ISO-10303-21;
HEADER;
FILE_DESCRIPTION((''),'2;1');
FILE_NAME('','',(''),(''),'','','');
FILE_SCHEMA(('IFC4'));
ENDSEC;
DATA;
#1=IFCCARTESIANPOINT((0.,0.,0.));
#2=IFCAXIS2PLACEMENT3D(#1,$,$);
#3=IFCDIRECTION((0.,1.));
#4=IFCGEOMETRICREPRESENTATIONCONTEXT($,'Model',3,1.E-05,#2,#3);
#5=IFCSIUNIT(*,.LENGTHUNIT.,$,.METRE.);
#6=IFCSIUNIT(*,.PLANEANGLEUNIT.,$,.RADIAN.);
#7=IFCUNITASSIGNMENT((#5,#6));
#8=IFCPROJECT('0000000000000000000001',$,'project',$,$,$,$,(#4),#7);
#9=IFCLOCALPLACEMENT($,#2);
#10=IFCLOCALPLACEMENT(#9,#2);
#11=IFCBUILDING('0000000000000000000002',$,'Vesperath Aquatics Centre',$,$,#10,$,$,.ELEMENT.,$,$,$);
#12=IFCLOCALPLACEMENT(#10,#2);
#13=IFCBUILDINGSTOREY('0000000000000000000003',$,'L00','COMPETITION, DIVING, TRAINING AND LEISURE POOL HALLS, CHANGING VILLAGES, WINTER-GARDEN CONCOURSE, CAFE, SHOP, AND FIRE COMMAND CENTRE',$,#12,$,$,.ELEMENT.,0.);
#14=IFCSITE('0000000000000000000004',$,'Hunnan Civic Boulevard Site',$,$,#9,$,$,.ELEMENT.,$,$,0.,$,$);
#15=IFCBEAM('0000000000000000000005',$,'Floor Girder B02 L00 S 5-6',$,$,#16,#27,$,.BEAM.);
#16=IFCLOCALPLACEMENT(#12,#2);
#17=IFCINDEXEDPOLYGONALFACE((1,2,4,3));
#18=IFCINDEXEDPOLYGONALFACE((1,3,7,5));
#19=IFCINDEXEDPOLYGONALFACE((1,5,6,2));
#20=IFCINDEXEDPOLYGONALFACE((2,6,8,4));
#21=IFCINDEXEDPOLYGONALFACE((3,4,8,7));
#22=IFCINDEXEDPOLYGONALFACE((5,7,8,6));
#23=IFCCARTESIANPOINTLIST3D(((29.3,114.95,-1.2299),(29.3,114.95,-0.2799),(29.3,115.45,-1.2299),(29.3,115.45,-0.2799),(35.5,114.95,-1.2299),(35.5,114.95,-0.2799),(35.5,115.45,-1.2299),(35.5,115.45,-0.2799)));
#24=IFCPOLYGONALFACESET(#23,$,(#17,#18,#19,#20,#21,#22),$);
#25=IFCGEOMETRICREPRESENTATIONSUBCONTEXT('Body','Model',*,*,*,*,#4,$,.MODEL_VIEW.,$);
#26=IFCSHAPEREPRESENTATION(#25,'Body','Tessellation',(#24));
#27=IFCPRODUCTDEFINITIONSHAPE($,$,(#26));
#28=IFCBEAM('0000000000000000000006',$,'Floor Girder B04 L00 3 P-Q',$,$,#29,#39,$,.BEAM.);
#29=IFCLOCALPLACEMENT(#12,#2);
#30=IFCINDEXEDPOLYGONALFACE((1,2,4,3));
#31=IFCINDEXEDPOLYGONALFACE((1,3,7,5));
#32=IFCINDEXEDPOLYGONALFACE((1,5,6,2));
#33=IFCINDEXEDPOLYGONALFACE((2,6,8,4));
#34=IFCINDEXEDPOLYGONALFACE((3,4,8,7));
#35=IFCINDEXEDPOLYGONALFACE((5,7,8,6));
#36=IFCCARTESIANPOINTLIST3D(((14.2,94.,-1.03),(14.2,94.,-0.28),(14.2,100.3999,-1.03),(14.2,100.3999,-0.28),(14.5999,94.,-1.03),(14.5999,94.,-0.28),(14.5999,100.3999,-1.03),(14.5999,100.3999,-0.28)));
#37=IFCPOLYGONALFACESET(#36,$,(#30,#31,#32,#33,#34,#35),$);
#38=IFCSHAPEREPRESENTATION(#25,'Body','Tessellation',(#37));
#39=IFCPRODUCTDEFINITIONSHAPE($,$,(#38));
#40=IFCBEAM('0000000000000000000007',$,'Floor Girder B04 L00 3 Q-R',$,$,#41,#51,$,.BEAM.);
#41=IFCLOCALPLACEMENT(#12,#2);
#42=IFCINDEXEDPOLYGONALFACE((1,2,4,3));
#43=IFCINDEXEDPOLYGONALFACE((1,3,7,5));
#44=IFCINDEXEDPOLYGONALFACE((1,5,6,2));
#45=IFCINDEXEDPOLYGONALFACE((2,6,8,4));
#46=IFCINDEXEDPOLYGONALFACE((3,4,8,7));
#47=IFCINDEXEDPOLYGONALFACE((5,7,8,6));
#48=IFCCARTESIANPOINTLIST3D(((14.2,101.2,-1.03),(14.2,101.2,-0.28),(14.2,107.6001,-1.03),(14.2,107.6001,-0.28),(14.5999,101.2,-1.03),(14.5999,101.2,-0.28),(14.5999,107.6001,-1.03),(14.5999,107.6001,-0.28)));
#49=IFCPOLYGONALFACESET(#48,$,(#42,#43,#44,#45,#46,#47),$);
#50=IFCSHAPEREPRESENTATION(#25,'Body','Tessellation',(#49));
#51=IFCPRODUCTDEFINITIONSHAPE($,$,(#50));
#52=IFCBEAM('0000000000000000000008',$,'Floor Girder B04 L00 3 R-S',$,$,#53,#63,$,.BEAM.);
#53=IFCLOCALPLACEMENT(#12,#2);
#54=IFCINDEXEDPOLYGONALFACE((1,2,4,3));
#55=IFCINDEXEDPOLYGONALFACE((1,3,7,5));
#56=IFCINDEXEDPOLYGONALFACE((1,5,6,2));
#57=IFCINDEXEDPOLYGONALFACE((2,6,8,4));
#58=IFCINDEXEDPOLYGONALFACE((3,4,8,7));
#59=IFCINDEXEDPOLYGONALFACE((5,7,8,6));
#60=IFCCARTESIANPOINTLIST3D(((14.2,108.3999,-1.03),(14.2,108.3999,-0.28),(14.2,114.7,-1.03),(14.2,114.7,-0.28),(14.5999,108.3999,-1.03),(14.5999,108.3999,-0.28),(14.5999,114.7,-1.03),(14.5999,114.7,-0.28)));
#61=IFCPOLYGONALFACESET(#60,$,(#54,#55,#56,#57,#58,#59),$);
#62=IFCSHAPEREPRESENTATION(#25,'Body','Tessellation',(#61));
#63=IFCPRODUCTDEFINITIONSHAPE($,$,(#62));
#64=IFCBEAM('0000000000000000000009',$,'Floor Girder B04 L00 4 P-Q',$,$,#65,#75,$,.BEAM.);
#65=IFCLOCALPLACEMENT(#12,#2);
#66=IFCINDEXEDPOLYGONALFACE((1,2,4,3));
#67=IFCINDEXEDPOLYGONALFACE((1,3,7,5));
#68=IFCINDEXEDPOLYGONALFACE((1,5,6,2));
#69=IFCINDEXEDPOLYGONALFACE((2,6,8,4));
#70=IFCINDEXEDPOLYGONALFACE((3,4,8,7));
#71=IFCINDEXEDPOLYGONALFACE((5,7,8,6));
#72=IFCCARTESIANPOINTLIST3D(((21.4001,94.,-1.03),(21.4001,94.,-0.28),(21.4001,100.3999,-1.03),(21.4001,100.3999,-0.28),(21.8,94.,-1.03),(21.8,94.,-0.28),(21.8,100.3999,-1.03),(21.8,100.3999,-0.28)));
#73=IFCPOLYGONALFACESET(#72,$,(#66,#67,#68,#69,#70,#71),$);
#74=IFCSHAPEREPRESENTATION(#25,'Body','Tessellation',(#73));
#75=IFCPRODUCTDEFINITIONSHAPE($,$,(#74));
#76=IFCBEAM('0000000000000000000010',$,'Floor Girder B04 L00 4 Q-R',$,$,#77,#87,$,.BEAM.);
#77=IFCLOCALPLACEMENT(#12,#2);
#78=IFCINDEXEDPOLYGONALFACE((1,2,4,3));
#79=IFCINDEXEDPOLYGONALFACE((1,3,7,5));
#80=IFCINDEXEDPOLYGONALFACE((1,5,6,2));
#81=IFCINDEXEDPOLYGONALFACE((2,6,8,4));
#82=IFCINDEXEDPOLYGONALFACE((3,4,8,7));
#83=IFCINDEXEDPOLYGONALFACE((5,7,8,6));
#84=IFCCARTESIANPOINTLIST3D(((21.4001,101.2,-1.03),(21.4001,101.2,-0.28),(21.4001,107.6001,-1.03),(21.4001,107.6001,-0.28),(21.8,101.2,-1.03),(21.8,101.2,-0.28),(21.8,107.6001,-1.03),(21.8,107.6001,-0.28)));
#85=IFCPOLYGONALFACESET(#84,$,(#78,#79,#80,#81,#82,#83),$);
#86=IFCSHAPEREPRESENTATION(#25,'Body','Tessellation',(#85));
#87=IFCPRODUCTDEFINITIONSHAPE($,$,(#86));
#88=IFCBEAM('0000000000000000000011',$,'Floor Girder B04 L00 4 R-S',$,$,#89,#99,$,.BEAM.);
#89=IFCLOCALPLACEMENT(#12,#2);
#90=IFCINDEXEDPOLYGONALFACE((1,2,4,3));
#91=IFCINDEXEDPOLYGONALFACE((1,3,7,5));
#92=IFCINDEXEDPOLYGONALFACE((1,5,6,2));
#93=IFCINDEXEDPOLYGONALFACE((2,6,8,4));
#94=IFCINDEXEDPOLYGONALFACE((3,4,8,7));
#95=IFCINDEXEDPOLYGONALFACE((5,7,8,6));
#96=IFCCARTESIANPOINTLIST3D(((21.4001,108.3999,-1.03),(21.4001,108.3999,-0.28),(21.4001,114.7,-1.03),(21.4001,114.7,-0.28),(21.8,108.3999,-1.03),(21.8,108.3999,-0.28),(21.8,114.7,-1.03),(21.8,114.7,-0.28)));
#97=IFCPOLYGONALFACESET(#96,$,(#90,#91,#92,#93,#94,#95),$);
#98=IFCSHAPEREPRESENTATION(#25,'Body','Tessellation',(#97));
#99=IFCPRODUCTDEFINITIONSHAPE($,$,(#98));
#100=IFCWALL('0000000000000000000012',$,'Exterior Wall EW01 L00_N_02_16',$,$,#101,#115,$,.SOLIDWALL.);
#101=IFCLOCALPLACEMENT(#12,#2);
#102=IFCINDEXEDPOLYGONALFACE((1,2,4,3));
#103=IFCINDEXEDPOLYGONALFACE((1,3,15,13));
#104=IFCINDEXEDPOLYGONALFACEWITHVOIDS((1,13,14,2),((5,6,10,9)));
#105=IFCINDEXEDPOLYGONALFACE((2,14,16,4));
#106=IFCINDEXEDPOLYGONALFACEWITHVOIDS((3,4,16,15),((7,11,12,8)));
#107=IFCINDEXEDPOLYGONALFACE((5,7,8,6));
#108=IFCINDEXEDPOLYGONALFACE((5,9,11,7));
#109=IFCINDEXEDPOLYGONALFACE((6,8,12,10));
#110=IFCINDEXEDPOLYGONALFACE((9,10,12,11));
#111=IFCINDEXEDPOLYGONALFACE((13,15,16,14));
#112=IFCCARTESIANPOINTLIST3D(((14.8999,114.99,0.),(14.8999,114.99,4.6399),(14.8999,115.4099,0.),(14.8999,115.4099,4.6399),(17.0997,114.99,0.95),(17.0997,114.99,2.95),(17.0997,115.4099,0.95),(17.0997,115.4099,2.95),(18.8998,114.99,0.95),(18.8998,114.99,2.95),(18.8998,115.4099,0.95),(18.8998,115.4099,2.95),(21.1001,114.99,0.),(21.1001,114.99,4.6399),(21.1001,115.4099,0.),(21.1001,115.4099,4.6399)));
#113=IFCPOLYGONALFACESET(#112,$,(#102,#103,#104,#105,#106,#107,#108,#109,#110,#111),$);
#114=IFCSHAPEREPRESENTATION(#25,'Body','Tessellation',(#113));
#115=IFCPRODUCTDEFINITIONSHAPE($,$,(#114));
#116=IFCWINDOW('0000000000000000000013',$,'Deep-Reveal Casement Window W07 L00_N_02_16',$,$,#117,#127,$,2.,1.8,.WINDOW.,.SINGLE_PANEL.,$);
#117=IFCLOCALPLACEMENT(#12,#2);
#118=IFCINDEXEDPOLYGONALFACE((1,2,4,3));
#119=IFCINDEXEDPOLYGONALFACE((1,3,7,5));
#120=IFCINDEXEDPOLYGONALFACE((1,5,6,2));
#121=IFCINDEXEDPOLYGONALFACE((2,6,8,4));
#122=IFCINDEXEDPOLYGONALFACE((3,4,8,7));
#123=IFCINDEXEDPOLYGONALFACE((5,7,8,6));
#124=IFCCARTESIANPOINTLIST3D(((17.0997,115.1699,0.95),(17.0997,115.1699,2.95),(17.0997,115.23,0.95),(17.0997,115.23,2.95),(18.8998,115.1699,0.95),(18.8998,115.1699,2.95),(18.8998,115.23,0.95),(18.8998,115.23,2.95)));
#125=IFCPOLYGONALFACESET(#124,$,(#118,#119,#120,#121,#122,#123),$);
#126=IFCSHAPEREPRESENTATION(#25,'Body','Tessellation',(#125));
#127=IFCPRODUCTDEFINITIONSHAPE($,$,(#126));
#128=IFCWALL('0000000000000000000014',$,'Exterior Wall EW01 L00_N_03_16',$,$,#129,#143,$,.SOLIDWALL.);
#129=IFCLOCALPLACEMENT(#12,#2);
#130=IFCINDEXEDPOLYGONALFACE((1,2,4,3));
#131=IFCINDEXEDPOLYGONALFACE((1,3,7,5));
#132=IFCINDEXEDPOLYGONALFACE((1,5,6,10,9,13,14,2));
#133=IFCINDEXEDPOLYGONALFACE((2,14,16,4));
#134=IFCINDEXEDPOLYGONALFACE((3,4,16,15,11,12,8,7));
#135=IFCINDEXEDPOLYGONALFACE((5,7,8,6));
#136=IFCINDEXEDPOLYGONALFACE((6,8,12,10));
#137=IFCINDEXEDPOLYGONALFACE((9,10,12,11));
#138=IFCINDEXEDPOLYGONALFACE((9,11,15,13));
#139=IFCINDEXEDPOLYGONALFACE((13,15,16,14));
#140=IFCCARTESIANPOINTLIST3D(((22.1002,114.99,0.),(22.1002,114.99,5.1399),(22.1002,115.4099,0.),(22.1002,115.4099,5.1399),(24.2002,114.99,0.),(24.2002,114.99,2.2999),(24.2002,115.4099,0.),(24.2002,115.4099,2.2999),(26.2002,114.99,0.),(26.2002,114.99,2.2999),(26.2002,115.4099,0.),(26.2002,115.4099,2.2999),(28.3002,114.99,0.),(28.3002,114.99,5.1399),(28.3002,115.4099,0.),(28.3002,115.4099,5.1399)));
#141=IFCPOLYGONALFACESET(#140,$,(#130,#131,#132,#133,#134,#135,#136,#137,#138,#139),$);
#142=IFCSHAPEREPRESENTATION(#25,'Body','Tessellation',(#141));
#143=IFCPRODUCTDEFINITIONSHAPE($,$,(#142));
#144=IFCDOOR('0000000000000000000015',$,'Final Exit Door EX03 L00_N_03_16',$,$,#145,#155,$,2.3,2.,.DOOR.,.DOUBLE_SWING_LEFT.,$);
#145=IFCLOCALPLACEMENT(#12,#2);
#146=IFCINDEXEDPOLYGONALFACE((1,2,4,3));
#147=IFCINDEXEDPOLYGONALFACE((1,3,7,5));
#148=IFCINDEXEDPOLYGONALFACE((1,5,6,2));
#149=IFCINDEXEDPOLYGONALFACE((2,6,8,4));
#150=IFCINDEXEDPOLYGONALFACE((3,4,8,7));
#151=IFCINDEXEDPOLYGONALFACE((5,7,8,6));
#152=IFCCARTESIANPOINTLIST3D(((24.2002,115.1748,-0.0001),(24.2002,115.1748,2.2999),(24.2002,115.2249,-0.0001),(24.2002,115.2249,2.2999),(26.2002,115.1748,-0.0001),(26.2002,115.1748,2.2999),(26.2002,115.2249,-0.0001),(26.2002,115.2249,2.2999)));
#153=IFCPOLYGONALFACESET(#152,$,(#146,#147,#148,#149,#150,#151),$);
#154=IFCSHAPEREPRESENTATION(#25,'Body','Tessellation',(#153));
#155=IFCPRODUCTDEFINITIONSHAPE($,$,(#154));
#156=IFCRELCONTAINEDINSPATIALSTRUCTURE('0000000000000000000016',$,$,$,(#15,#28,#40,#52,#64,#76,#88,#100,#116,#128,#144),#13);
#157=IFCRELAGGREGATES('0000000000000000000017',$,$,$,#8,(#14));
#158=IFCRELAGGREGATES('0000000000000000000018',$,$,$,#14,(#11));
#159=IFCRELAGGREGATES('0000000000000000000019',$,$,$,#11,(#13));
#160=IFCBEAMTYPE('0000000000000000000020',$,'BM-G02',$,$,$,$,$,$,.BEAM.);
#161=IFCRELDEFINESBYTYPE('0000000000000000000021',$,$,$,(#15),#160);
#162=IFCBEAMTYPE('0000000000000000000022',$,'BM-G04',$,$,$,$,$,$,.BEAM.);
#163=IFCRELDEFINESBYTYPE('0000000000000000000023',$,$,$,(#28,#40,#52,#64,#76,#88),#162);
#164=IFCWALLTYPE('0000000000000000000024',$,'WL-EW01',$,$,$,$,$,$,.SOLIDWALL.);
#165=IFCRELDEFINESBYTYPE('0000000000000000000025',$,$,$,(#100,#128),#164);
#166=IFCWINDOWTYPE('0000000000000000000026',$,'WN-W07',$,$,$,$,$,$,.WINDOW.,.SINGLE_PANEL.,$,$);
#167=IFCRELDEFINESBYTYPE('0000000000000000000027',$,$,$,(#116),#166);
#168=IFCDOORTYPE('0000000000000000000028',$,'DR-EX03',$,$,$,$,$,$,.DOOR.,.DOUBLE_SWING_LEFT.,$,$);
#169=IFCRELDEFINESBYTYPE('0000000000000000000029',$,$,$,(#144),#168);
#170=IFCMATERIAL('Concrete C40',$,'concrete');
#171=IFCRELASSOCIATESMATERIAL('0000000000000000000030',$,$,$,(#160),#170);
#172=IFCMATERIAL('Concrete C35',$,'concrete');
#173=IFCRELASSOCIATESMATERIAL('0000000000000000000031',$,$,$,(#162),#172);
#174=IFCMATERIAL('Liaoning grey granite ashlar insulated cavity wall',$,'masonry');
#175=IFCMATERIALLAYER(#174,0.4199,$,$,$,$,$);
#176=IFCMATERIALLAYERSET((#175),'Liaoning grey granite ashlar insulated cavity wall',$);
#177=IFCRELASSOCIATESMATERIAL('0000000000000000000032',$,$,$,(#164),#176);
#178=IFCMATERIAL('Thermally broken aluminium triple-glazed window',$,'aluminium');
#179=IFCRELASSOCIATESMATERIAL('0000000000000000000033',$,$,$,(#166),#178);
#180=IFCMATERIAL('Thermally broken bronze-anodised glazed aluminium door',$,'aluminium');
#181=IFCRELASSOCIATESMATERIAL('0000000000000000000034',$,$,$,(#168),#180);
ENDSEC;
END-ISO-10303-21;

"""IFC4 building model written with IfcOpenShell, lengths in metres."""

from ifc_helpers import new_model, si_unit, direction, frame, frame_2d, origin, origin_2d, place, context, subcontext, project, spatial, rectangle, extrude, material, layer, layer_set, material_profile, profile_set, type_object, element, fill, save


model = new_model("IFC4")

# Units and contexts
model_context = context("Model", 3, precision=1e-05, world=origin(), true_north=direction((0.0, 1.0)))
body_context = subcontext(model_context, "Body", "Model", "MODEL_VIEW")
ifc_project = project(units=[si_unit("LENGTHUNIT", "METRE"), si_unit("PLANEANGLEUNIT", "RADIAN")], contexts=[model_context])

# Site, building, storey
site_placement = place(None, origin())
site = spatial("IfcSite", under=ifc_project, at=site_placement, Name="Hunnan Civic Boulevard Site", CompositionType="ELEMENT", RefElevation=0.0)
building_placement = place(site_placement, origin())
building = spatial("IfcBuilding", under=site, at=building_placement, Name="Vesperath Aquatics Centre", CompositionType="ELEMENT")
storey_placement = place(building_placement, origin())
storey = spatial("IfcBuildingStorey", under=building, at=storey_placement, Name="L00", Description="COMPETITION, DIVING, TRAINING AND LEISURE POOL HALLS, CHANGING VILLAGES, WINTER-GARDEN CONCOURSE, CAFE, SHOP, AND FIRE COMMAND CENTRE", CompositionType="ELEMENT", Elevation=0.0)

# Shared definitions
ifc_material_1 = material(Name="Concrete C40", Category="concrete")

# Beams
ifc_material_profile_1 = material_profile(ifc_material_1, rectangle(XDim=0.5, YDim=0.95, at=origin_2d()), Name="RC 500x950")
ifc_profile_set_1 = profile_set([ifc_material_profile_1], Name="Concrete C40")
beam_type_1 = type_object("IfcBeamType", Name="BM-G02", PredefinedType="BEAM", material=ifc_profile_set_1)
for number, where, z_axis, x_axis, name in (
    (1, (29.3, 115.2, -0.7549), (1.0, 0.0, 0.0), (0.0, 1.0, 0.0), "Floor Girder B02 L00 S 5-6"),
):
    element("IfcBeam", number, at=place(storey_placement, frame(where, z_axis=z_axis, x_axis=x_axis)), inside=storey, type_object=beam_type_1, Name=name, PredefinedType="BEAM", context=body_context, shape_type="SweptSolid", body=[
        extrude(rectangle(XDim=0.5, YDim=0.95, at=origin_2d()), origin(), (0.0, 0.0, 1.0), 6.2),
    ])
ifc_material_2 = material(Name="Concrete C35", Category="concrete")
ifc_material_profile_2 = material_profile(ifc_material_2, rectangle(XDim=0.3999, YDim=0.75, at=origin_2d()), Name="RC 400x750")
ifc_profile_set_2 = profile_set([ifc_material_profile_2], Name="Concrete C35")
beam_type_2 = type_object("IfcBeamType", Name="BM-G04", PredefinedType="BEAM", material=ifc_profile_set_2)
beam_1_placement = place(storey_placement, frame((14.3999, 94.0, -0.655), z_axis=(0.0, 1.0, 0.0), x_axis=(-1.0, 0.0, 0.0)))
element("IfcBeam", 2, at=beam_1_placement, inside=storey, type_object=beam_type_2, Name="Floor Girder B04 L00 3 P-Q", PredefinedType="BEAM", context=body_context, shape_type="SweptSolid", body=[
    extrude(rectangle(XDim=0.3999, YDim=0.75, at=origin_2d()), origin(), (0.0, 0.0, 1.0), 6.3999),
])
beam_2_placement = place(storey_placement, frame((14.3999, 101.2, -0.655), z_axis=(0.0, 1.0, 0.0), x_axis=(-1.0, 0.0, 0.0)))
element("IfcBeam", 3, at=beam_2_placement, inside=storey, type_object=beam_type_2, Name="Floor Girder B04 L00 3 Q-R", PredefinedType="BEAM", context=body_context, shape_type="SweptSolid", body=[
    extrude(rectangle(XDim=0.3999, YDim=0.75, at=origin_2d()), origin(), (0.0, 0.0, 1.0), 6.4001),
])
beam_3_placement = place(storey_placement, frame((14.3999, 108.3999, -0.655), z_axis=(0.0, 1.0, 0.0), x_axis=(-1.0, 0.0, 0.0)))
element("IfcBeam", 4, at=beam_3_placement, inside=storey, type_object=beam_type_2, Name="Floor Girder B04 L00 3 R-S", PredefinedType="BEAM", context=body_context, shape_type="SweptSolid", body=[
    extrude(rectangle(XDim=0.3999, YDim=0.75, at=origin_2d()), origin(), (0.0, 0.0, 1.0), 6.3),
])
beam_4_placement = place(storey_placement, frame((21.6001, 94.0, -0.655), z_axis=(0.0, 1.0, 0.0), x_axis=(-1.0, 0.0, 0.0)))
element("IfcBeam", 5, at=beam_4_placement, inside=storey, type_object=beam_type_2, Name="Floor Girder B04 L00 4 P-Q", PredefinedType="BEAM", context=body_context, shape_type="SweptSolid", body=[
    extrude(rectangle(XDim=0.3999, YDim=0.75, at=origin_2d()), origin(), (0.0, 0.0, 1.0), 6.3999),
])
beam_5_placement = place(storey_placement, frame((21.6001, 101.2, -0.655), z_axis=(0.0, 1.0, 0.0), x_axis=(-1.0, 0.0, 0.0)))
element("IfcBeam", 6, at=beam_5_placement, inside=storey, type_object=beam_type_2, Name="Floor Girder B04 L00 4 Q-R", PredefinedType="BEAM", context=body_context, shape_type="SweptSolid", body=[
    extrude(rectangle(XDim=0.3999, YDim=0.75, at=origin_2d()), origin(), (0.0, 0.0, 1.0), 6.4001),
])
beam_6_placement = place(storey_placement, frame((21.6001, 108.3999, -0.655), z_axis=(0.0, 1.0, 0.0), x_axis=(-1.0, 0.0, 0.0)))
element("IfcBeam", 7, at=beam_6_placement, inside=storey, type_object=beam_type_2, Name="Floor Girder B04 L00 4 R-S", PredefinedType="BEAM", context=body_context, shape_type="SweptSolid", body=[
    extrude(rectangle(XDim=0.3999, YDim=0.75, at=origin_2d()), origin(), (0.0, 0.0, 1.0), 6.3),
])

# Wall, opening, window
ifc_material_3 = material(Name="Liaoning grey granite ashlar insulated cavity wall", Category="masonry")
ifc_layer_1 = layer(ifc_material_3, 0.4199)
ifc_layer_set_1 = layer_set([ifc_layer_1], Name="Liaoning grey granite ashlar insulated cavity wall")
wall_type_1 = type_object("IfcWallType", Name="WL-EW01", PredefinedType="SOLIDWALL", material=ifc_layer_set_1)
wall_1_placement = place(storey_placement, frame((14.8999, 115.2, 0.0), z_axis=(0.0, 0.0, 1.0), x_axis=(1.0, 0.0, 0.0)))
wall_1 = element("IfcWall", 8, at=wall_1_placement, inside=storey, type_object=wall_type_1, Name="Exterior Wall EW01 L00_N_02_16", PredefinedType="SOLIDWALL", context=body_context, shape_type="SweptSolid", body=[
    extrude(rectangle(XDim=6.2002, YDim=0.4199, at=frame_2d((3.1001, 0.0))), origin(), (0.0, 0.0, 1.0), 4.6399),
])
opening_1_placement = place(wall_1_placement, frame((2.2, 0.0, 0.95)))
opening_1 = element("IfcOpeningElement", 9, at=opening_1_placement, cuts=wall_1, PredefinedType="OPENING", context=body_context, shape_type="SweptSolid", body=[
    extrude(rectangle(XDim=1.8, YDim=2.0, at=frame_2d((0.8999, 1.0))), frame((0.0, 0.2249, 0.0), z_axis=(0.0, -1.0, 0.0), x_axis=(1.0, 0.0, 0.0)), (0.0, 0.0, 1.0), 0.4497),
])
ifc_material_4 = material(Name="Thermally broken aluminium triple-glazed window", Category="aluminium")
window_type_1 = type_object("IfcWindowType", Name="WN-W07", PartitioningType="SINGLE_PANEL", PredefinedType="WINDOW", material=ifc_material_4)
window_1_placement = place(opening_1_placement, origin())
window_1 = element("IfcWindow", 10, at=window_1_placement, inside=storey, type_object=window_type_1, Name="Deep-Reveal Casement Window W07 L00_N_02_16", OverallHeight=2.0, OverallWidth=1.8, PartitioningType="SINGLE_PANEL", PredefinedType="WINDOW", context=body_context, shape_type="SweptSolid", body=[
    extrude(rectangle(XDim=1.8, YDim=2.0, at=frame_2d((0.8999, 1.0))), frame((0.0, 0.03, 0.0), z_axis=(0.0, -1.0, 0.0), x_axis=(1.0, 0.0, 0.0)), (0.0, 0.0, 1.0), 0.0601),
])
fill(opening_1, window_1)

# Wall, opening, door
wall_2_placement = place(storey_placement, frame((22.1001, 115.2, 0.0), z_axis=(0.0, 0.0, 1.0), x_axis=(1.0, 0.0, 0.0)))
wall_2 = element("IfcWall", 11, at=wall_2_placement, inside=storey, type_object=wall_type_1, Name="Exterior Wall EW01 L00_N_03_16", PredefinedType="SOLIDWALL", context=body_context, shape_type="SweptSolid", body=[
    extrude(rectangle(XDim=6.2, YDim=0.4199, at=frame_2d((3.1001, 0.0))), origin(), (0.0, 0.0, 1.0), 5.1399),
])
opening_2_placement = place(wall_2_placement, frame((2.1001, 0.0, 0.0)))
opening_2 = element("IfcOpeningElement", 12, at=opening_2_placement, cuts=wall_2, PredefinedType="OPENING", context=body_context, shape_type="SweptSolid", body=[
    extrude(rectangle(XDim=2.0, YDim=2.3, at=frame_2d((1.0, 1.1499))), frame((0.0, 0.2249, 0.0), z_axis=(0.0, -1.0, 0.0), x_axis=(1.0, 0.0, 0.0)), (0.0, 0.0, 1.0), 0.4497),
])
ifc_material_5 = material(Name="Thermally broken bronze-anodised glazed aluminium door", Category="aluminium")
door_type_1 = type_object("IfcDoorType", Name="DR-EX03", OperationType="DOUBLE_SWING_LEFT", PredefinedType="DOOR", material=ifc_material_5)
door_1_placement = place(opening_2_placement, origin())
door_1 = element("IfcDoor", 13, at=door_1_placement, inside=storey, type_object=door_type_1, Name="Final Exit Door EX03 L00_N_03_16", OperationType="DOUBLE_SWING_LEFT", OverallHeight=2.3, OverallWidth=2.0, PredefinedType="DOOR", context=body_context, shape_type="SweptSolid", body=[
    extrude(rectangle(XDim=2.0, YDim=2.3, at=frame_2d((1.0, 1.1499))), frame((0.0, 0.0249, 0.0), z_axis=(0.0, -1.0, 0.0), x_axis=(1.0, 0.0, 0.0)), (0.0, 0.0, 1.0), 0.05),
])
fill(opening_2, door_1)

save(model, "model.ifc")
